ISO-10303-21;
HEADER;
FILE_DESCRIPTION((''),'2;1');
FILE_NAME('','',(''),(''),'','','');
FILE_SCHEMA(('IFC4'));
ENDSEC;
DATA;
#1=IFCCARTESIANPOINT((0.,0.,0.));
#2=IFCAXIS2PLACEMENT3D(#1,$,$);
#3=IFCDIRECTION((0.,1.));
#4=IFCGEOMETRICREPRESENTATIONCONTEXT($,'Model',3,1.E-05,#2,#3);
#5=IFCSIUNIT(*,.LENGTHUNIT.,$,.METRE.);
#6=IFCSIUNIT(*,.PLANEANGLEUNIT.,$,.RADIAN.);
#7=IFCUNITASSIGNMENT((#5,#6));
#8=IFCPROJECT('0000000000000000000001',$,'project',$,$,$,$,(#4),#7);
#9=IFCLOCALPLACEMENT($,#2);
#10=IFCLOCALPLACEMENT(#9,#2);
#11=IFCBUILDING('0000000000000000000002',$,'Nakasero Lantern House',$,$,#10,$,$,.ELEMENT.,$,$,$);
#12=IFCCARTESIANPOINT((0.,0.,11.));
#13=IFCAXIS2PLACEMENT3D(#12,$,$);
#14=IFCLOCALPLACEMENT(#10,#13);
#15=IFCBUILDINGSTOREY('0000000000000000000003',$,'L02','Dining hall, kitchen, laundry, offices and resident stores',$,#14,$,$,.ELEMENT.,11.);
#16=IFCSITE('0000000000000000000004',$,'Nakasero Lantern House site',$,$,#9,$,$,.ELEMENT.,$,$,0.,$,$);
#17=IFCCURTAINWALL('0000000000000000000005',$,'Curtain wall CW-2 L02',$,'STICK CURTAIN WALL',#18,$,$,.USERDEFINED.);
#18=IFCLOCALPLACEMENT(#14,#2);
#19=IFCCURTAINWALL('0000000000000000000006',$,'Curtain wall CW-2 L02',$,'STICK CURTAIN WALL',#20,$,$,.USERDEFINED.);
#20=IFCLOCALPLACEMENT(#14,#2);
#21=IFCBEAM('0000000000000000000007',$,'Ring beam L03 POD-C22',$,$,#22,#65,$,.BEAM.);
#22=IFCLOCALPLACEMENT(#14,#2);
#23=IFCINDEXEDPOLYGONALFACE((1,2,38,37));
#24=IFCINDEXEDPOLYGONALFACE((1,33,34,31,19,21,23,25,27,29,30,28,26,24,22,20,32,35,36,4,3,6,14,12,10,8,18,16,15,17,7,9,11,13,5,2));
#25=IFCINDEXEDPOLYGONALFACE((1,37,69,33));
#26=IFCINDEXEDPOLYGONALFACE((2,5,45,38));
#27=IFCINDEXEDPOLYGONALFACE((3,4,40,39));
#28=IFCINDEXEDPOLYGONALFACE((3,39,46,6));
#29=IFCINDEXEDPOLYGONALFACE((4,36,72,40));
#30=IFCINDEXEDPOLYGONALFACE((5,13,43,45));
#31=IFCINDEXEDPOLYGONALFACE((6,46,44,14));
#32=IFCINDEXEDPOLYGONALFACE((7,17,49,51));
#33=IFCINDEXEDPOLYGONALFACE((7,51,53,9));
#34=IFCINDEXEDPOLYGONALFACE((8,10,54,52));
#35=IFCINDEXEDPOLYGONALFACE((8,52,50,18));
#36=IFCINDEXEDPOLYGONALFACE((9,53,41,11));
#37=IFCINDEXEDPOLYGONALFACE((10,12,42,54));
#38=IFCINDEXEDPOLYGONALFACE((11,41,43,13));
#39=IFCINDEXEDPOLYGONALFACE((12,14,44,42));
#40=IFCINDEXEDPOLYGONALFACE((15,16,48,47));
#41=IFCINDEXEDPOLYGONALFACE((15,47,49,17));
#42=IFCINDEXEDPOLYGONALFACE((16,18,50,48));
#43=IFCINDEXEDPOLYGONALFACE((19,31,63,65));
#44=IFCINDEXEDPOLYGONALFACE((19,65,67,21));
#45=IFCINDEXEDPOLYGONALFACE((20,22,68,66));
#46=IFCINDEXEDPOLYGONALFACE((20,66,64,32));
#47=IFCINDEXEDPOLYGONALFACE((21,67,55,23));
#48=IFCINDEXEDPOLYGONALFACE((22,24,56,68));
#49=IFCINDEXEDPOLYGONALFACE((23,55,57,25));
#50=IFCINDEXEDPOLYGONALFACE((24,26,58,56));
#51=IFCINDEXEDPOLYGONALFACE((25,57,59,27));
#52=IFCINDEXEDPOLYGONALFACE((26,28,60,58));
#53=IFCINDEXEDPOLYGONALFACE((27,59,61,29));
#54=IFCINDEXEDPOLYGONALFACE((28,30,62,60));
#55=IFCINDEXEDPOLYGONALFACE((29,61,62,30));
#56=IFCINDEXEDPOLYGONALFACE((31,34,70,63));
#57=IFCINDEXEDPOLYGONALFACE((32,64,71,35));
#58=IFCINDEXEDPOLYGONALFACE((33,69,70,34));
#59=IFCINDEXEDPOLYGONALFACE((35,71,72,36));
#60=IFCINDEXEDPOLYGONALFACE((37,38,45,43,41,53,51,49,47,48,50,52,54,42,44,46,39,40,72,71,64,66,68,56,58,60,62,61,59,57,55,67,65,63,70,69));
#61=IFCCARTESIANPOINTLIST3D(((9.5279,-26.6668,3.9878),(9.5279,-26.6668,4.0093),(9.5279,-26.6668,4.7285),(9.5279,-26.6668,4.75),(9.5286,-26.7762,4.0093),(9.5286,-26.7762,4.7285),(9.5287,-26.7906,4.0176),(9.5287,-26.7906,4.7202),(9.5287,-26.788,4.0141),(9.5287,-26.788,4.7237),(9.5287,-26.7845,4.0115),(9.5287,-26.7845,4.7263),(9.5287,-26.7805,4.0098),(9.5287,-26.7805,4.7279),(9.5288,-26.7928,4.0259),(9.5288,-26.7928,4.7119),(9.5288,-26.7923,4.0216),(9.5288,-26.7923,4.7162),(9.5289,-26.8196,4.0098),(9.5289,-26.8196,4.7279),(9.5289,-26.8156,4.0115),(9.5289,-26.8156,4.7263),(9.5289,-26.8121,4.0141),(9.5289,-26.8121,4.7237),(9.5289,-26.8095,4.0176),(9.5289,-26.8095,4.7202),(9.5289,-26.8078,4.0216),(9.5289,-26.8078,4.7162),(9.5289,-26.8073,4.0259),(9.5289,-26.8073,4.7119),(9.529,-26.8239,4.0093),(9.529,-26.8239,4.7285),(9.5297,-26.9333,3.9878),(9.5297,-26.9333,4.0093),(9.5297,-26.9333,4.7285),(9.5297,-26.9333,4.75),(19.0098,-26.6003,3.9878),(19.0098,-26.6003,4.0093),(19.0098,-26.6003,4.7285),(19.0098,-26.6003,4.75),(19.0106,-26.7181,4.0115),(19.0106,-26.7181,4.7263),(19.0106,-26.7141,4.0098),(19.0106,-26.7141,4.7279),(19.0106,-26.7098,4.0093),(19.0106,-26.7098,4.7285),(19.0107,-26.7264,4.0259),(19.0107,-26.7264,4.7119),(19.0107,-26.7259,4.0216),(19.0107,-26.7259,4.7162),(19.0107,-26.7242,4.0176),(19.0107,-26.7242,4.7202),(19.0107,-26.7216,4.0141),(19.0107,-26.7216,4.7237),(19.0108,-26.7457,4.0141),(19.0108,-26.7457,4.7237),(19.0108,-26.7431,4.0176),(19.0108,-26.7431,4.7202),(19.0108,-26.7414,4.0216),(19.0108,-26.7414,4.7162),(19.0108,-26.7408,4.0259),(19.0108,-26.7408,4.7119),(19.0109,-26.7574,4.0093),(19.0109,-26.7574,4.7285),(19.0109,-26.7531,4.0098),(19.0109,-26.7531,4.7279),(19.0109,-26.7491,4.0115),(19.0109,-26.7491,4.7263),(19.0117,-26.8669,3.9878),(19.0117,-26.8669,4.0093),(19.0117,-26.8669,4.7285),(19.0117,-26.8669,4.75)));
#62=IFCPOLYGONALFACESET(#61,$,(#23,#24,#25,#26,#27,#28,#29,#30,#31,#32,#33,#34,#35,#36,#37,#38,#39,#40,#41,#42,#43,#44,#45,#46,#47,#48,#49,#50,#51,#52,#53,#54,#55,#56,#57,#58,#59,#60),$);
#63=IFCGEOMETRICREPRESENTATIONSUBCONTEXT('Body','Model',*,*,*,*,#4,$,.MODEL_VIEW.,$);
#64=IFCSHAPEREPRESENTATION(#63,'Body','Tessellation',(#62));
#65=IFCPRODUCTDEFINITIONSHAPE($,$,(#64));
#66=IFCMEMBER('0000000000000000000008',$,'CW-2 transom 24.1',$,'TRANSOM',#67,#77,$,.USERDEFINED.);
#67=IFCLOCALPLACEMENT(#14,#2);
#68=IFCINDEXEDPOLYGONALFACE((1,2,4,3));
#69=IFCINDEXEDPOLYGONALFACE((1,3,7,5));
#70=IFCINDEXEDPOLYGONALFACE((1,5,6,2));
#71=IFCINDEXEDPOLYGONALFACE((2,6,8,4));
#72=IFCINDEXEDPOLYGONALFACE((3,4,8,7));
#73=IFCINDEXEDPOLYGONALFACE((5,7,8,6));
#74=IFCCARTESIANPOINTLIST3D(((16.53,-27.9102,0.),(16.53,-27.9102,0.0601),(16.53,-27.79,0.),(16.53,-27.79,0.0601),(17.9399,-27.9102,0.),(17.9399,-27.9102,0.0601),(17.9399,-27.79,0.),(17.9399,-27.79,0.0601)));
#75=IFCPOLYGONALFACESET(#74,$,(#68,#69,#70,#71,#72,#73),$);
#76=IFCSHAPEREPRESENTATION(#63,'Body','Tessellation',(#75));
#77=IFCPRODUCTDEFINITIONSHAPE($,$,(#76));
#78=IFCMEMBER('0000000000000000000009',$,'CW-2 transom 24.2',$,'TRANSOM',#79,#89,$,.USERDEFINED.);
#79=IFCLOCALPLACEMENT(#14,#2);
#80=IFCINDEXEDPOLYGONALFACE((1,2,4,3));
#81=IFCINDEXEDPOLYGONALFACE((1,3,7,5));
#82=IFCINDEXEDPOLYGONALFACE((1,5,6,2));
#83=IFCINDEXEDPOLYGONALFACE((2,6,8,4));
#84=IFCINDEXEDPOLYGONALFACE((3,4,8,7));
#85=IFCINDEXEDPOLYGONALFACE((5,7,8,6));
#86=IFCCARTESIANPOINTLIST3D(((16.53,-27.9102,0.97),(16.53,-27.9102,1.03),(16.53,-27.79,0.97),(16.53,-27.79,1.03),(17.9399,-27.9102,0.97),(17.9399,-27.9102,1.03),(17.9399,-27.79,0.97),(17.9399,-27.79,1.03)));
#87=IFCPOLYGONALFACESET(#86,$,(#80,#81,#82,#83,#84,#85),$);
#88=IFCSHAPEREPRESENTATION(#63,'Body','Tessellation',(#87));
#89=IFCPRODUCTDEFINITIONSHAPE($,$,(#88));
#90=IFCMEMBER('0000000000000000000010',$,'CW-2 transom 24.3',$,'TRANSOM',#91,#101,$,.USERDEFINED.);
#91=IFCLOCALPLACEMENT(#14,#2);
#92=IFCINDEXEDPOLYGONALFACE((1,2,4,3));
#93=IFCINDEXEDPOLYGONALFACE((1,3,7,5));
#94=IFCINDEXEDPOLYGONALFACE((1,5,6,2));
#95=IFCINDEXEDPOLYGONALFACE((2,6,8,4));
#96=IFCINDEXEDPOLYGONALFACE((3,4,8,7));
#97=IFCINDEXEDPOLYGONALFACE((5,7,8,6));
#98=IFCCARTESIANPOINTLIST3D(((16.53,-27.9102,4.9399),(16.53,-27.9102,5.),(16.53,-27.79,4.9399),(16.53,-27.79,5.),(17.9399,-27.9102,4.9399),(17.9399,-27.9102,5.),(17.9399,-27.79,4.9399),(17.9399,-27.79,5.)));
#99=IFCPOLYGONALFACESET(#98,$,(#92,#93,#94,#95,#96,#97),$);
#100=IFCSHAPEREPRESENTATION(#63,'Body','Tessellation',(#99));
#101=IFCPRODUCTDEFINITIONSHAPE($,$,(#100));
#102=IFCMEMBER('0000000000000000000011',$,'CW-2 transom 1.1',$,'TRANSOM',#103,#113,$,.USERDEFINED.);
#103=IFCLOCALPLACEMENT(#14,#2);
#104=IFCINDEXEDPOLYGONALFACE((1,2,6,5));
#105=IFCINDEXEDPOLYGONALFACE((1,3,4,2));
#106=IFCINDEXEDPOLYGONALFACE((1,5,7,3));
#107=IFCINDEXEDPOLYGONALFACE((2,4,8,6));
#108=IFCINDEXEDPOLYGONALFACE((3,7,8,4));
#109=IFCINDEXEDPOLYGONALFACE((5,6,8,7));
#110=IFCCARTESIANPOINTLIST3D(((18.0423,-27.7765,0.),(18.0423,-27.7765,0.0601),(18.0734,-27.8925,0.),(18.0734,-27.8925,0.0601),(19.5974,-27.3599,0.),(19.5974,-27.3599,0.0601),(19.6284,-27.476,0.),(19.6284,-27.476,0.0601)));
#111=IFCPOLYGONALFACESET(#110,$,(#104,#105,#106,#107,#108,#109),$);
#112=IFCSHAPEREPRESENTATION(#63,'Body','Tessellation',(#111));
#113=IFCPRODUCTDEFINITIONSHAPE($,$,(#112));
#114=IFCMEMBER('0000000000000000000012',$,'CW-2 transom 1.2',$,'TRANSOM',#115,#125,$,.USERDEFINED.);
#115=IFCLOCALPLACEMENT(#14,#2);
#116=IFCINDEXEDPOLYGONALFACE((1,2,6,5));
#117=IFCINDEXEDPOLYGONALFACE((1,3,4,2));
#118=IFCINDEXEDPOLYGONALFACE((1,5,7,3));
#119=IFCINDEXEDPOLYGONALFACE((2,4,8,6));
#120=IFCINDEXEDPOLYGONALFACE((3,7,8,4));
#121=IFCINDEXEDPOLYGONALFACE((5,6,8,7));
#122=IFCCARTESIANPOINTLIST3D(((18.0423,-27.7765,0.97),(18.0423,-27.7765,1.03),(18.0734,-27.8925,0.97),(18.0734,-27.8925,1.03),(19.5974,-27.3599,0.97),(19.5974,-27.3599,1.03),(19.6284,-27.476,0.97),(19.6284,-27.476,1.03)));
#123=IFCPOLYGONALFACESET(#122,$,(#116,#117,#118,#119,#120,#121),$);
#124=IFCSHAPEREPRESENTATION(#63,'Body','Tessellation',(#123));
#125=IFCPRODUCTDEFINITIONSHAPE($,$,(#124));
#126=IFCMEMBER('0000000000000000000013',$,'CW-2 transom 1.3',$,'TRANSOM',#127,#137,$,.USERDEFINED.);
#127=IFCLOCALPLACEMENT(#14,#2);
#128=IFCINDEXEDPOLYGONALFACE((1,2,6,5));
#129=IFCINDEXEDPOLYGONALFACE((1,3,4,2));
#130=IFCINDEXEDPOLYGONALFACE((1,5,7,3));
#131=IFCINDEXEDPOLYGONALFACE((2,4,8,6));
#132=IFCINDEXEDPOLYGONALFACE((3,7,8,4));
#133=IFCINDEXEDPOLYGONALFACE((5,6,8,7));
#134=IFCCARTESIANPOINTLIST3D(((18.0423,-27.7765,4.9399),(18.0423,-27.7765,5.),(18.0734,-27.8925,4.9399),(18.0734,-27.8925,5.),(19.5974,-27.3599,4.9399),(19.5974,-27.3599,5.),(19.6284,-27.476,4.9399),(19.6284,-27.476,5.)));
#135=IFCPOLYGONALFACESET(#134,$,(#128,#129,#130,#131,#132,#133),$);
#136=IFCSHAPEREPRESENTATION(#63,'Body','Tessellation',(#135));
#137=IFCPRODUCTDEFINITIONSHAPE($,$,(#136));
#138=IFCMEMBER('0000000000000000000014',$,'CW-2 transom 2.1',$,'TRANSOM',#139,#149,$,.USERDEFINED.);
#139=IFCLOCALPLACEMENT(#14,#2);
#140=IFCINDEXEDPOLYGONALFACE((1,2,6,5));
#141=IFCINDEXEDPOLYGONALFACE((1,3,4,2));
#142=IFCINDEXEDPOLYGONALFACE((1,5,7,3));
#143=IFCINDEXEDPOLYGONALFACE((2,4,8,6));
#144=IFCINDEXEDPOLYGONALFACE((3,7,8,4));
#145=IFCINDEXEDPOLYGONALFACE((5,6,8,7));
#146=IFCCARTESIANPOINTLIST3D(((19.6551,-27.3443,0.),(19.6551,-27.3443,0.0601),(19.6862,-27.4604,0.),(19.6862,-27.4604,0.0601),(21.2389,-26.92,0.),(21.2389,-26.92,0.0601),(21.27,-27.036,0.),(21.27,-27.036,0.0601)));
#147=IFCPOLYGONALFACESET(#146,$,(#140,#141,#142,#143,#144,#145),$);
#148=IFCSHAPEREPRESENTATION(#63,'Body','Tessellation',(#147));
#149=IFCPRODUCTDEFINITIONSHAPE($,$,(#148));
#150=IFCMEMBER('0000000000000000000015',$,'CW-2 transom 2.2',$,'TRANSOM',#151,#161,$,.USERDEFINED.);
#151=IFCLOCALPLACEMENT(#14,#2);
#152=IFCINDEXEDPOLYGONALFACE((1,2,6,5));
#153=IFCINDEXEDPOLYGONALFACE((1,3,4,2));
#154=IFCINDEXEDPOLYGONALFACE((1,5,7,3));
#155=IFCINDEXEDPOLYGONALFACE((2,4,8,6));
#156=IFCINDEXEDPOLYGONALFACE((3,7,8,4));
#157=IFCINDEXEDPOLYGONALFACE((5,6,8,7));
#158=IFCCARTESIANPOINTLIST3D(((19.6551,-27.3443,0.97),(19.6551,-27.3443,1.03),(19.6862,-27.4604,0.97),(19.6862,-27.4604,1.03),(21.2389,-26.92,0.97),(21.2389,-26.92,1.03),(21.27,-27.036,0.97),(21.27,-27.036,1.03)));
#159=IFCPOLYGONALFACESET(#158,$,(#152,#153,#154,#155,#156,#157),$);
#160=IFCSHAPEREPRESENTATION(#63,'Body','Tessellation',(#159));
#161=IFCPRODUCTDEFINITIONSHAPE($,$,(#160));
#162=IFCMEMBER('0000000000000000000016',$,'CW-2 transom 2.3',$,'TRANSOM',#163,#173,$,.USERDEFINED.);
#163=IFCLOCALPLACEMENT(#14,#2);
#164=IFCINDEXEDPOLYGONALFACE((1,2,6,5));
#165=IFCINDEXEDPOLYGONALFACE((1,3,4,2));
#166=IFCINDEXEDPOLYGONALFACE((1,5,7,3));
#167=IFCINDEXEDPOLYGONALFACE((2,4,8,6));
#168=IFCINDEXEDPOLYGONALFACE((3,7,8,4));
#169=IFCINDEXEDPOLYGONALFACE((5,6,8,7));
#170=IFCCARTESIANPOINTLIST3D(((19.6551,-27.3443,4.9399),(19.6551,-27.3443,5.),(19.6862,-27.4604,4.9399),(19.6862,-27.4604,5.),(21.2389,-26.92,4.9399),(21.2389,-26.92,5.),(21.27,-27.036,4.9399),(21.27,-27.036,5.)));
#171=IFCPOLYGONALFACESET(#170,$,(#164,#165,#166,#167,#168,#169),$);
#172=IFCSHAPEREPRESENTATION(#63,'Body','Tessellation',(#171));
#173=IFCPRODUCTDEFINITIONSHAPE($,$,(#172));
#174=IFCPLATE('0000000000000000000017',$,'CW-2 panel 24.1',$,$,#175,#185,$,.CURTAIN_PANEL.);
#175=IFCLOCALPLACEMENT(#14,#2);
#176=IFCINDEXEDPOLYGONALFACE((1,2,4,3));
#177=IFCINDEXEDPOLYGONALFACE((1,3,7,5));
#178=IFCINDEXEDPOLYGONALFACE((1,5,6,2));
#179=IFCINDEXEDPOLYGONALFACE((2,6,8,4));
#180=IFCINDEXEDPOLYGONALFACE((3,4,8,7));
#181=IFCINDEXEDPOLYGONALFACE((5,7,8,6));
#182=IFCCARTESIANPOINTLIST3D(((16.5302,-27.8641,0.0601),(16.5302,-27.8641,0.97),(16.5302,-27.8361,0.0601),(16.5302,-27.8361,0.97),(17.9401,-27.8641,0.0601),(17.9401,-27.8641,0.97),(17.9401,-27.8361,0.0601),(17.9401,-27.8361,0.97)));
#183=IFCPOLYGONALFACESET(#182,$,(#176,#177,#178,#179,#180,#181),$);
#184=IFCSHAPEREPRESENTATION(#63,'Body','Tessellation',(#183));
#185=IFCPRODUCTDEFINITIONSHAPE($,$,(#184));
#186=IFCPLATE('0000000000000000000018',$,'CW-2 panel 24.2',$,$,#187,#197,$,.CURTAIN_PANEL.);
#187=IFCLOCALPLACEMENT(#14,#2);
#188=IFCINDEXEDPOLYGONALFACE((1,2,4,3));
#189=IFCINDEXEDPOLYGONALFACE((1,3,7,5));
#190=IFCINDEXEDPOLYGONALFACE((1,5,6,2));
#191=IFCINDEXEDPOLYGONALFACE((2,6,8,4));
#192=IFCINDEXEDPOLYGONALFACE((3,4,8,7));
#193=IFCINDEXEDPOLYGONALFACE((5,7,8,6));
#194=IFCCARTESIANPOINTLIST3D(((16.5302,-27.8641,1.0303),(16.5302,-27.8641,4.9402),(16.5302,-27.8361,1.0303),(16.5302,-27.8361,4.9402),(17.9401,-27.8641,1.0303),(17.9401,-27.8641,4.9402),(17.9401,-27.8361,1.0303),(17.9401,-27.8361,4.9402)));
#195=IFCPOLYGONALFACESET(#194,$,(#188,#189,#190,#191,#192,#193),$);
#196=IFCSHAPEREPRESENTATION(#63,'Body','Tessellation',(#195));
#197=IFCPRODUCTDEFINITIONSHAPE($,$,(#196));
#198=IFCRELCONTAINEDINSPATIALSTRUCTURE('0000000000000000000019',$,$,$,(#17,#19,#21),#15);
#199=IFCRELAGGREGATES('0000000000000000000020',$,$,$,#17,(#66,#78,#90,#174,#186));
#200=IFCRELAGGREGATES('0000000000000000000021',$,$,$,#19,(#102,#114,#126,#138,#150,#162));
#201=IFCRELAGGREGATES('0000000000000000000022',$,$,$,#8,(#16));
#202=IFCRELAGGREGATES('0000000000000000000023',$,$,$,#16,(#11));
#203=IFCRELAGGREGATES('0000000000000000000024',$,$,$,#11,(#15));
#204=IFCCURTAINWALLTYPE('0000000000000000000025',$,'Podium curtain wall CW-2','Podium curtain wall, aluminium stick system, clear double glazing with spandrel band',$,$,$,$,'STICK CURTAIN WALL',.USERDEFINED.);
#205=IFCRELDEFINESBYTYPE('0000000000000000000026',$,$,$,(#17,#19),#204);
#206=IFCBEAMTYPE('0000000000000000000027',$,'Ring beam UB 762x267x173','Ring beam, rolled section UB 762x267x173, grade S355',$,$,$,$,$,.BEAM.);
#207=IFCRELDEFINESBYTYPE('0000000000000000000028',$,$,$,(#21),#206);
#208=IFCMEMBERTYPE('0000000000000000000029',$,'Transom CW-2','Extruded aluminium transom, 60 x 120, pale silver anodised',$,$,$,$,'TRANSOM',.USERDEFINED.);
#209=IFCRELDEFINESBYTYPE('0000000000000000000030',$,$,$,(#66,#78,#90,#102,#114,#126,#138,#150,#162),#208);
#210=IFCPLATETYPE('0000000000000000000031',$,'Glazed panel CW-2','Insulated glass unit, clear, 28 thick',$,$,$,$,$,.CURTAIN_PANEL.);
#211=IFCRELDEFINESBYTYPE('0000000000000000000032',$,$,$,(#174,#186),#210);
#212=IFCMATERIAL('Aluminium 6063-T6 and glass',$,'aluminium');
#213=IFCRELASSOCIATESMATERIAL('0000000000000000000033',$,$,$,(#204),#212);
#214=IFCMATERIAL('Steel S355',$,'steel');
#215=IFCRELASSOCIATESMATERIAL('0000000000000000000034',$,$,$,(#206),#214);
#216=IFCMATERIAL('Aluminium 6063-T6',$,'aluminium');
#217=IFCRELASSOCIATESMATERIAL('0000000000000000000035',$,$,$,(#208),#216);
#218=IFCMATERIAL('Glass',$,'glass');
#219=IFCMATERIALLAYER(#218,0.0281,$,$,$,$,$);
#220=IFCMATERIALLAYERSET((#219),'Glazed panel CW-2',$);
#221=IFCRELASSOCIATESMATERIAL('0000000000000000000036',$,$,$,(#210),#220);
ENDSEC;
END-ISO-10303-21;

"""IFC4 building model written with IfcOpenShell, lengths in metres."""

from ifc_helpers import new_model, si_unit, direction, frame, origin, origin_2d, place, context, subcontext, project, spatial, rectangle, i_section, extrude, material, layer, layer_set, material_profile, profile_set, type_object, element, aggregate, save


model = new_model("IFC4")

# Units and contexts
model_context = context("Model", 3, precision=1e-05, world=origin(), true_north=direction((0.0, 1.0)))
body_context = subcontext(model_context, "Body", "Model", "MODEL_VIEW")
ifc_project = project(units=[si_unit("LENGTHUNIT", "METRE"), si_unit("PLANEANGLEUNIT", "RADIAN")], contexts=[model_context])

# Site, building, storey
site_placement = place(None, origin())
site = spatial("IfcSite", under=ifc_project, at=site_placement, Name="Nakasero Lantern House site", CompositionType="ELEMENT", RefElevation=0.0)
building_placement = place(site_placement, origin())
building = spatial("IfcBuilding", under=site, at=building_placement, Name="Nakasero Lantern House", CompositionType="ELEMENT")
storey_placement = place(building_placement, frame((0.0, 0.0, 11.0)))
storey = spatial("IfcBuildingStorey", under=building, at=storey_placement, Name="L02", Description="Dining hall, kitchen, laundry, offices and resident stores", CompositionType="ELEMENT", Elevation=11.0)

# Curtain walls
ifc_material_1 = material(Name="Aluminium 6063-T6 and glass", Category="aluminium")
curtain_wall_type = type_object("IfcCurtainWallType", Name="Podium curtain wall CW-2", Description="Podium curtain wall, aluminium stick system, clear double glazing with spandrel band", ElementType="STICK CURTAIN WALL", PredefinedType="USERDEFINED", material=ifc_material_1)
curtain_wall_1_placement = place(storey_placement, origin())
curtain_wall_1 = element("IfcCurtainWall", 1, at=curtain_wall_1_placement, inside=storey, type_object=curtain_wall_type, Name="Curtain wall CW-2 L02", ObjectType="STICK CURTAIN WALL", PredefinedType="USERDEFINED")
curtain_wall_2_placement = place(storey_placement, origin())
curtain_wall_2 = element("IfcCurtainWall", 2, at=curtain_wall_2_placement, inside=storey, type_object=curtain_wall_type, Name="Curtain wall CW-2 L02", ObjectType="STICK CURTAIN WALL", PredefinedType="USERDEFINED")

# Beam
ifc_material_2 = material(Name="Steel S355", Category="steel")
ifc_material_profile_1 = material_profile(ifc_material_2, i_section(OverallWidth=0.2666, OverallDepth=0.7622, WebThickness=0.0144, FlangeThickness=0.0215, FilletRadius=0.0166, at=origin_2d()), Name="UB 762x267x173")
ifc_profile_set_1 = profile_set([ifc_material_profile_1], Name="Steel S355")
beam_type_1 = type_object("IfcBeamType", Name="Ring beam UB 762x267x173", Description="Ring beam, rolled section UB 762x267x173, grade S355", PredefinedType="BEAM", material=ifc_profile_set_1)
beam_1_placement = place(storey_placement, frame((9.5288, -26.8, 4.3689), z_axis=(0.999975, 0.007003, 0.0), x_axis=(-0.007003, 0.999975, 0.0)))
element("IfcBeam", 3, at=beam_1_placement, inside=storey, type_object=beam_type_1, Name="Ring beam L03 POD-C22", PredefinedType="BEAM", context=body_context, shape_type="SweptSolid", body=[
    extrude(i_section(OverallWidth=0.2666, OverallDepth=0.7622, WebThickness=0.0144, FlangeThickness=0.0215, FilletRadius=0.0166, at=origin_2d()), origin(), (0.0, 0.0, 1.0), 9.4822),
])

# Members
ifc_material_3 = material(Name="Aluminium 6063-T6", Category="aluminium")
ifc_material_profile_2 = material_profile(ifc_material_3, rectangle(XDim=0.0601, YDim=0.1201, at=origin_2d()), Name="CW-2 transom 60x120")
ifc_profile_set_2 = profile_set([ifc_material_profile_2], Name="Aluminium 6063-T6")
member_type_1 = type_object("IfcMemberType", Name="Transom CW-2", Description="Extruded aluminium transom, 60 x 120, pale silver anodised", ElementType="TRANSOM", PredefinedType="USERDEFINED", material=ifc_profile_set_2)
member_1_placement = place(storey_placement, frame((16.53, -27.8501, 0.03), z_axis=(1.0, 0.0, 0.0), x_axis=(0.0, 0.0, 1.0)))
member_1 = element("IfcMember", 4, at=member_1_placement, type_object=member_type_1, Name="CW-2 transom 24.1", ObjectType="TRANSOM", PredefinedType="USERDEFINED", context=body_context, shape_type="SweptSolid", body=[
    extrude(rectangle(XDim=0.0601, YDim=0.1201, at=origin_2d()), origin(), (0.0, 0.0, 1.0), 1.4099),
])
member_2_placement = place(storey_placement, frame((16.53, -27.8501, 1.0), z_axis=(1.0, 0.0, 0.0), x_axis=(0.0, 0.0, 1.0)))
member_2 = element("IfcMember", 5, at=member_2_placement, type_object=member_type_1, Name="CW-2 transom 24.2", ObjectType="TRANSOM", PredefinedType="USERDEFINED", context=body_context, shape_type="SweptSolid", body=[
    extrude(rectangle(XDim=0.0601, YDim=0.1201, at=origin_2d()), origin(), (0.0, 0.0, 1.0), 1.4099),
])
member_3_placement = place(storey_placement, frame((16.53, -27.8501, 4.97), z_axis=(1.0, 0.0, 0.0), x_axis=(0.0, 0.0, 1.0)))
member_3 = element("IfcMember", 6, at=member_3_placement, type_object=member_type_1, Name="CW-2 transom 24.3", ObjectType="TRANSOM", PredefinedType="USERDEFINED", context=body_context, shape_type="SweptSolid", body=[
    extrude(rectangle(XDim=0.0601, YDim=0.1201, at=origin_2d()), origin(), (0.0, 0.0, 1.0), 1.4099),
])
member_4_placement = place(storey_placement, frame((18.0579, -27.8345, 0.03), z_axis=(0.965947, 0.258739, 0.0), x_axis=(0.0, 0.0, 1.0)))
member_4 = element("IfcMember", 7, at=member_4_placement, type_object=member_type_1, Name="CW-2 transom 1.1", ObjectType="TRANSOM", PredefinedType="USERDEFINED", context=body_context, shape_type="SweptSolid", body=[
    extrude(rectangle(XDim=0.0601, YDim=0.1201, at=origin_2d()), origin(), (0.0, 0.0, 1.0), 1.6099),
])
member_5_placement = place(storey_placement, frame((18.0579, -27.8345, 1.0), z_axis=(0.965947, 0.258739, 0.0), x_axis=(0.0, 0.0, 1.0)))
member_5 = element("IfcMember", 8, at=member_5_placement, type_object=member_type_1, Name="CW-2 transom 1.2", ObjectType="TRANSOM", PredefinedType="USERDEFINED", context=body_context, shape_type="SweptSolid", body=[
    extrude(rectangle(XDim=0.0601, YDim=0.1201, at=origin_2d()), origin(), (0.0, 0.0, 1.0), 1.6099),
])
member_6_placement = place(storey_placement, frame((18.0579, -27.8345, 4.97), z_axis=(0.965947, 0.258739, 0.0), x_axis=(0.0, 0.0, 1.0)))
member_6 = element("IfcMember", 9, at=member_6_placement, type_object=member_type_1, Name="CW-2 transom 1.3", ObjectType="TRANSOM", PredefinedType="USERDEFINED", context=body_context, shape_type="SweptSolid", body=[
    extrude(rectangle(XDim=0.0601, YDim=0.1201, at=origin_2d()), origin(), (0.0, 0.0, 1.0), 1.6099),
])
member_7_placement = place(storey_placement, frame((19.6707, -27.4023, 0.03), z_axis=(0.965933, 0.258793, 0.0), x_axis=(0.0, 0.0, 1.0)))
member_7 = element("IfcMember", 10, at=member_7_placement, type_object=member_type_1, Name="CW-2 transom 2.1", ObjectType="TRANSOM", PredefinedType="USERDEFINED", context=body_context, shape_type="SweptSolid", body=[
    extrude(rectangle(XDim=0.0601, YDim=0.1201, at=origin_2d()), origin(), (0.0, 0.0, 1.0), 1.6396),
])
member_8_placement = place(storey_placement, frame((19.6707, -27.4023, 1.0), z_axis=(0.965933, 0.258793, 0.0), x_axis=(0.0, 0.0, 1.0)))
member_8 = element("IfcMember", 11, at=member_8_placement, type_object=member_type_1, Name="CW-2 transom 2.2", ObjectType="TRANSOM", PredefinedType="USERDEFINED", context=body_context, shape_type="SweptSolid", body=[
    extrude(rectangle(XDim=0.0601, YDim=0.1201, at=origin_2d()), origin(), (0.0, 0.0, 1.0), 1.6396),
])
member_9_placement = place(storey_placement, frame((19.6707, -27.4023, 4.97), z_axis=(0.965933, 0.258793, 0.0), x_axis=(0.0, 0.0, 1.0)))
member_9 = element("IfcMember", 12, at=member_9_placement, type_object=member_type_1, Name="CW-2 transom 2.3", ObjectType="TRANSOM", PredefinedType="USERDEFINED", context=body_context, shape_type="SweptSolid", body=[
    extrude(rectangle(XDim=0.0601, YDim=0.1201, at=origin_2d()), origin(), (0.0, 0.0, 1.0), 1.6396),
])

# Plates
ifc_material_4 = material(Name="Glass", Category="glass")
ifc_layer = layer(ifc_material_4, 0.0281)
ifc_layer_set = layer_set([ifc_layer], Name="Glazed panel CW-2")
plate_type = type_object("IfcPlateType", Name="Glazed panel CW-2", Description="Insulated glass unit, clear, 28 thick", PredefinedType="CURTAIN_PANEL", material=ifc_layer_set)
plate_1_placement = place(storey_placement, frame((17.2351, -27.8501, 0.0601), z_axis=(0.0, 0.0, 1.0), x_axis=(1.0, 0.0, 0.0)))
plate_1 = element("IfcPlate", 13, at=plate_1_placement, type_object=plate_type, Name="CW-2 panel 24.1", PredefinedType="CURTAIN_PANEL", context=body_context, shape_type="SweptSolid", body=[
    extrude(rectangle(XDim=1.4099, YDim=0.0281, at=origin_2d()), origin(), (0.0, 0.0, 1.0), 0.9099),
])
plate_2_placement = place(storey_placement, frame((17.2351, -27.8501, 1.0303), z_axis=(0.0, 0.0, 1.0), x_axis=(1.0, 0.0, 0.0)))
plate_2 = element("IfcPlate", 14, at=plate_2_placement, type_object=plate_type, Name="CW-2 panel 24.2", PredefinedType="CURTAIN_PANEL", context=body_context, shape_type="SweptSolid", body=[
    extrude(rectangle(XDim=1.4099, YDim=0.0281, at=origin_2d()), origin(), (0.0, 0.0, 1.0), 3.9099),
])
aggregate(curtain_wall_1, [member_1, member_2, member_3, plate_1, plate_2])
aggregate(curtain_wall_2, [member_4, member_5, member_6, member_7, member_8, member_9])

save(model, "model.ifc")
